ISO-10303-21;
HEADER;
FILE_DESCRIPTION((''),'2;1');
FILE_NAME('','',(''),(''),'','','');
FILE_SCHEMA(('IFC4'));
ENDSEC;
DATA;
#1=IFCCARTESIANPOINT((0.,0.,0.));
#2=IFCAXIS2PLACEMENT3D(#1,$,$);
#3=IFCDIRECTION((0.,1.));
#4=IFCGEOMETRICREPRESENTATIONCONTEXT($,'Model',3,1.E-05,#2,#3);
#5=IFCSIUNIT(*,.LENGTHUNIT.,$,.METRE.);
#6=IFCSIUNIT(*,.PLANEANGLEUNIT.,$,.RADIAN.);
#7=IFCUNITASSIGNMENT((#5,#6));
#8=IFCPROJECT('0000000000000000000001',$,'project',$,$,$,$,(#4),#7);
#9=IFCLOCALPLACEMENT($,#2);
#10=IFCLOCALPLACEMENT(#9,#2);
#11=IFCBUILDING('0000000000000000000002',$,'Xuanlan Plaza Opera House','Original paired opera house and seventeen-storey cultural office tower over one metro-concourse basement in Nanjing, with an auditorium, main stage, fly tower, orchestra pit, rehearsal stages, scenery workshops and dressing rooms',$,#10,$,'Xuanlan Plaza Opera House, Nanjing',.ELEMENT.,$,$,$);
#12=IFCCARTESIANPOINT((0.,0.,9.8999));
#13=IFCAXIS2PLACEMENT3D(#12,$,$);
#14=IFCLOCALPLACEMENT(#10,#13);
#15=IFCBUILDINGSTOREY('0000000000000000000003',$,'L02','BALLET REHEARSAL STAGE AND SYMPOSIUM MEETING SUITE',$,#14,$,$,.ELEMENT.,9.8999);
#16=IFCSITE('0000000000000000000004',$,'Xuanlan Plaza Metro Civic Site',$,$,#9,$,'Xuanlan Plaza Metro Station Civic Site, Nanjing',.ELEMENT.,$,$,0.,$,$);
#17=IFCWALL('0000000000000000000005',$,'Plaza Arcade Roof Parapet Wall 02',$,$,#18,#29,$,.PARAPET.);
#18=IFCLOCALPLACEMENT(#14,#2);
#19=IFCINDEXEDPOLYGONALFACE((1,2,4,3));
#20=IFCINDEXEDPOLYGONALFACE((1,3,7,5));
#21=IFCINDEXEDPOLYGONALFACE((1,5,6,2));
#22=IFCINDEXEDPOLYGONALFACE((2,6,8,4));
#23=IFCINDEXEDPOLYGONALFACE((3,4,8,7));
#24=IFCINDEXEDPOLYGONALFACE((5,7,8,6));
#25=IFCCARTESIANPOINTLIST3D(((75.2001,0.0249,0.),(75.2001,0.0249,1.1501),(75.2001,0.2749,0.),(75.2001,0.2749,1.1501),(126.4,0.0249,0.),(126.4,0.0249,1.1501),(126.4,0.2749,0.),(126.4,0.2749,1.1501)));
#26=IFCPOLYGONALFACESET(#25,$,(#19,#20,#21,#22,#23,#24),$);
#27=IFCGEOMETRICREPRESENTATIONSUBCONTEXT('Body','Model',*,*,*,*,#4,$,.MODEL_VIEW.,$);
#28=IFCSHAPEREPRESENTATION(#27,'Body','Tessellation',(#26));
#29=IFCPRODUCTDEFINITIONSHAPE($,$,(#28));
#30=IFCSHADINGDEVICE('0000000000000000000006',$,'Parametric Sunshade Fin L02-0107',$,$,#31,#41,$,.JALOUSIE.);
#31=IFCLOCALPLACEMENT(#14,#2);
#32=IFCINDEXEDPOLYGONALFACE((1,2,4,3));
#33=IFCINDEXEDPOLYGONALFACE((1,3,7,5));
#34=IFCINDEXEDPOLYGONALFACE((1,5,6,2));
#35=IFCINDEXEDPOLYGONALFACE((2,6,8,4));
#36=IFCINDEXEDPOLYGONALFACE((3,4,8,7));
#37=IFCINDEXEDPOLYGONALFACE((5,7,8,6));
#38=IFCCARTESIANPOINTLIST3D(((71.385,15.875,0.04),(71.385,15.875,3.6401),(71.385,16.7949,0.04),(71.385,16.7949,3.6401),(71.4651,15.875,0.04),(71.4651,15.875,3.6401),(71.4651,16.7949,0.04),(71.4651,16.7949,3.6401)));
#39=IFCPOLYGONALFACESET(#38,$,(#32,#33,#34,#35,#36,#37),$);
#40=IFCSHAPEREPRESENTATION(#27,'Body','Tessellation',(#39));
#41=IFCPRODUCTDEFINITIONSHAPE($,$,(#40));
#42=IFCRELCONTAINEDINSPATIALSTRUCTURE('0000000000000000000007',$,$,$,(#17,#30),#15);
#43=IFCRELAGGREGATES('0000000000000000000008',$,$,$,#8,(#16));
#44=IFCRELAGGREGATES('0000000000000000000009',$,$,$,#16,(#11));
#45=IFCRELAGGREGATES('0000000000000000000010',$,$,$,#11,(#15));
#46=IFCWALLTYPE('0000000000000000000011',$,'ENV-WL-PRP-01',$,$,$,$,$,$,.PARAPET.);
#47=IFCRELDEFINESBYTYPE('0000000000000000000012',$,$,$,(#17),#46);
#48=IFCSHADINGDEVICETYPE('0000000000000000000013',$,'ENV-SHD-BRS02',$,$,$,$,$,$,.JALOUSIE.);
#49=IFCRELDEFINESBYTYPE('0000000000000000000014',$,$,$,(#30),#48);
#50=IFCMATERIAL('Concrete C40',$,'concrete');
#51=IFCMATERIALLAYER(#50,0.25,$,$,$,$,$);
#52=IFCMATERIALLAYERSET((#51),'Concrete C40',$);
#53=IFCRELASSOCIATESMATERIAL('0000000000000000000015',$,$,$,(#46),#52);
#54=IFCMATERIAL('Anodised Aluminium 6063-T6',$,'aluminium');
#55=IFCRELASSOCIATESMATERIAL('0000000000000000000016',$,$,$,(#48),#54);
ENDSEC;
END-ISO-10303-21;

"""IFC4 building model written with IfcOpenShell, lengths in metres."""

from ifc_helpers import new_model, si_unit, direction, frame, frame_2d, origin, origin_2d, place, context, subcontext, project, spatial, rectangle, extrude, material, layer, layer_set, type_object, element, save


model = new_model("IFC4")

# Units and contexts
model_context = context("Model", 3, precision=1e-05, world=origin(), true_north=direction((0.0, 1.0)))
body_context = subcontext(model_context, "Body", "Model", "MODEL_VIEW")
ifc_project = project(units=[si_unit("LENGTHUNIT", "METRE"), si_unit("PLANEANGLEUNIT", "RADIAN")], contexts=[model_context])

# Site, building, storey
site_placement = place(None, origin())
site = spatial("IfcSite", under=ifc_project, at=site_placement, Name="Xuanlan Plaza Metro Civic Site", LongName="Xuanlan Plaza Metro Station Civic Site, Nanjing", CompositionType="ELEMENT", RefElevation=0.0)
building_placement = place(site_placement, origin())
building = spatial("IfcBuilding", under=site, at=building_placement, Name="Xuanlan Plaza Opera House", Description="Original paired opera house and seventeen-storey cultural office tower over one metro-concourse basement in Nanjing, with an auditorium, main stage, fly tower, orchestra pit, rehearsal stages, scenery workshops and dressing rooms", LongName="Xuanlan Plaza Opera House, Nanjing", CompositionType="ELEMENT")
storey_placement = place(building_placement, frame((0.0, 0.0, 9.8999)))
storey = spatial("IfcBuildingStorey", under=building, at=storey_placement, Name="L02", Description="BALLET REHEARSAL STAGE AND SYMPOSIUM MEETING SUITE", CompositionType="ELEMENT", Elevation=9.8999)

# Shared definitions
ifc_material_1 = material(Name="Concrete C40", Category="concrete")

# Shared definitions
ifc_material_2 = material(Name="Anodised Aluminium 6063-T6", Category="aluminium")

# Wall
ifc_layer_1 = layer(ifc_material_1, 0.25)
ifc_layer_set_1 = layer_set([ifc_layer_1], Name="Concrete C40")
wall_type = type_object("IfcWallType", Name="ENV-WL-PRP-01", PredefinedType="PARAPET", material=ifc_layer_set_1)
wall_placement = place(storey_placement, frame((75.2, 0.1499, 0.0), z_axis=(0.0, 0.0, 1.0), x_axis=(1.0, 0.0, 0.0)))
element("IfcWall", 1, at=wall_placement, inside=storey, type_object=wall_type, Name="Plaza Arcade Roof Parapet Wall 02", PredefinedType="PARAPET", context=body_context, shape_type="SweptSolid", body=[
    extrude(rectangle(XDim=51.2, YDim=0.25, at=frame_2d((25.6001, 0.0))), origin(), (0.0, 0.0, 1.0), 1.1501),
])

# Shading device
shading_device_type = type_object("IfcShadingDeviceType", Name="ENV-SHD-BRS02", PredefinedType="JALOUSIE", material=ifc_material_2)
shading_device_placement = place(storey_placement, frame((71.425, 16.335, 0.04), z_axis=(0.0, 0.0, 1.0), x_axis=(0.0, -1.0, 0.0)))
element("IfcShadingDevice", 2, at=shading_device_placement, inside=storey, type_object=shading_device_type, Name="Parametric Sunshade Fin L02-0107", PredefinedType="JALOUSIE", context=body_context, shape_type="SweptSolid", body=[
    extrude(rectangle(XDim=0.9199, YDim=0.0801, at=origin_2d()), origin(), (0.0, 0.0, 1.0), 3.6001),
])

save(model, "model.ifc")
